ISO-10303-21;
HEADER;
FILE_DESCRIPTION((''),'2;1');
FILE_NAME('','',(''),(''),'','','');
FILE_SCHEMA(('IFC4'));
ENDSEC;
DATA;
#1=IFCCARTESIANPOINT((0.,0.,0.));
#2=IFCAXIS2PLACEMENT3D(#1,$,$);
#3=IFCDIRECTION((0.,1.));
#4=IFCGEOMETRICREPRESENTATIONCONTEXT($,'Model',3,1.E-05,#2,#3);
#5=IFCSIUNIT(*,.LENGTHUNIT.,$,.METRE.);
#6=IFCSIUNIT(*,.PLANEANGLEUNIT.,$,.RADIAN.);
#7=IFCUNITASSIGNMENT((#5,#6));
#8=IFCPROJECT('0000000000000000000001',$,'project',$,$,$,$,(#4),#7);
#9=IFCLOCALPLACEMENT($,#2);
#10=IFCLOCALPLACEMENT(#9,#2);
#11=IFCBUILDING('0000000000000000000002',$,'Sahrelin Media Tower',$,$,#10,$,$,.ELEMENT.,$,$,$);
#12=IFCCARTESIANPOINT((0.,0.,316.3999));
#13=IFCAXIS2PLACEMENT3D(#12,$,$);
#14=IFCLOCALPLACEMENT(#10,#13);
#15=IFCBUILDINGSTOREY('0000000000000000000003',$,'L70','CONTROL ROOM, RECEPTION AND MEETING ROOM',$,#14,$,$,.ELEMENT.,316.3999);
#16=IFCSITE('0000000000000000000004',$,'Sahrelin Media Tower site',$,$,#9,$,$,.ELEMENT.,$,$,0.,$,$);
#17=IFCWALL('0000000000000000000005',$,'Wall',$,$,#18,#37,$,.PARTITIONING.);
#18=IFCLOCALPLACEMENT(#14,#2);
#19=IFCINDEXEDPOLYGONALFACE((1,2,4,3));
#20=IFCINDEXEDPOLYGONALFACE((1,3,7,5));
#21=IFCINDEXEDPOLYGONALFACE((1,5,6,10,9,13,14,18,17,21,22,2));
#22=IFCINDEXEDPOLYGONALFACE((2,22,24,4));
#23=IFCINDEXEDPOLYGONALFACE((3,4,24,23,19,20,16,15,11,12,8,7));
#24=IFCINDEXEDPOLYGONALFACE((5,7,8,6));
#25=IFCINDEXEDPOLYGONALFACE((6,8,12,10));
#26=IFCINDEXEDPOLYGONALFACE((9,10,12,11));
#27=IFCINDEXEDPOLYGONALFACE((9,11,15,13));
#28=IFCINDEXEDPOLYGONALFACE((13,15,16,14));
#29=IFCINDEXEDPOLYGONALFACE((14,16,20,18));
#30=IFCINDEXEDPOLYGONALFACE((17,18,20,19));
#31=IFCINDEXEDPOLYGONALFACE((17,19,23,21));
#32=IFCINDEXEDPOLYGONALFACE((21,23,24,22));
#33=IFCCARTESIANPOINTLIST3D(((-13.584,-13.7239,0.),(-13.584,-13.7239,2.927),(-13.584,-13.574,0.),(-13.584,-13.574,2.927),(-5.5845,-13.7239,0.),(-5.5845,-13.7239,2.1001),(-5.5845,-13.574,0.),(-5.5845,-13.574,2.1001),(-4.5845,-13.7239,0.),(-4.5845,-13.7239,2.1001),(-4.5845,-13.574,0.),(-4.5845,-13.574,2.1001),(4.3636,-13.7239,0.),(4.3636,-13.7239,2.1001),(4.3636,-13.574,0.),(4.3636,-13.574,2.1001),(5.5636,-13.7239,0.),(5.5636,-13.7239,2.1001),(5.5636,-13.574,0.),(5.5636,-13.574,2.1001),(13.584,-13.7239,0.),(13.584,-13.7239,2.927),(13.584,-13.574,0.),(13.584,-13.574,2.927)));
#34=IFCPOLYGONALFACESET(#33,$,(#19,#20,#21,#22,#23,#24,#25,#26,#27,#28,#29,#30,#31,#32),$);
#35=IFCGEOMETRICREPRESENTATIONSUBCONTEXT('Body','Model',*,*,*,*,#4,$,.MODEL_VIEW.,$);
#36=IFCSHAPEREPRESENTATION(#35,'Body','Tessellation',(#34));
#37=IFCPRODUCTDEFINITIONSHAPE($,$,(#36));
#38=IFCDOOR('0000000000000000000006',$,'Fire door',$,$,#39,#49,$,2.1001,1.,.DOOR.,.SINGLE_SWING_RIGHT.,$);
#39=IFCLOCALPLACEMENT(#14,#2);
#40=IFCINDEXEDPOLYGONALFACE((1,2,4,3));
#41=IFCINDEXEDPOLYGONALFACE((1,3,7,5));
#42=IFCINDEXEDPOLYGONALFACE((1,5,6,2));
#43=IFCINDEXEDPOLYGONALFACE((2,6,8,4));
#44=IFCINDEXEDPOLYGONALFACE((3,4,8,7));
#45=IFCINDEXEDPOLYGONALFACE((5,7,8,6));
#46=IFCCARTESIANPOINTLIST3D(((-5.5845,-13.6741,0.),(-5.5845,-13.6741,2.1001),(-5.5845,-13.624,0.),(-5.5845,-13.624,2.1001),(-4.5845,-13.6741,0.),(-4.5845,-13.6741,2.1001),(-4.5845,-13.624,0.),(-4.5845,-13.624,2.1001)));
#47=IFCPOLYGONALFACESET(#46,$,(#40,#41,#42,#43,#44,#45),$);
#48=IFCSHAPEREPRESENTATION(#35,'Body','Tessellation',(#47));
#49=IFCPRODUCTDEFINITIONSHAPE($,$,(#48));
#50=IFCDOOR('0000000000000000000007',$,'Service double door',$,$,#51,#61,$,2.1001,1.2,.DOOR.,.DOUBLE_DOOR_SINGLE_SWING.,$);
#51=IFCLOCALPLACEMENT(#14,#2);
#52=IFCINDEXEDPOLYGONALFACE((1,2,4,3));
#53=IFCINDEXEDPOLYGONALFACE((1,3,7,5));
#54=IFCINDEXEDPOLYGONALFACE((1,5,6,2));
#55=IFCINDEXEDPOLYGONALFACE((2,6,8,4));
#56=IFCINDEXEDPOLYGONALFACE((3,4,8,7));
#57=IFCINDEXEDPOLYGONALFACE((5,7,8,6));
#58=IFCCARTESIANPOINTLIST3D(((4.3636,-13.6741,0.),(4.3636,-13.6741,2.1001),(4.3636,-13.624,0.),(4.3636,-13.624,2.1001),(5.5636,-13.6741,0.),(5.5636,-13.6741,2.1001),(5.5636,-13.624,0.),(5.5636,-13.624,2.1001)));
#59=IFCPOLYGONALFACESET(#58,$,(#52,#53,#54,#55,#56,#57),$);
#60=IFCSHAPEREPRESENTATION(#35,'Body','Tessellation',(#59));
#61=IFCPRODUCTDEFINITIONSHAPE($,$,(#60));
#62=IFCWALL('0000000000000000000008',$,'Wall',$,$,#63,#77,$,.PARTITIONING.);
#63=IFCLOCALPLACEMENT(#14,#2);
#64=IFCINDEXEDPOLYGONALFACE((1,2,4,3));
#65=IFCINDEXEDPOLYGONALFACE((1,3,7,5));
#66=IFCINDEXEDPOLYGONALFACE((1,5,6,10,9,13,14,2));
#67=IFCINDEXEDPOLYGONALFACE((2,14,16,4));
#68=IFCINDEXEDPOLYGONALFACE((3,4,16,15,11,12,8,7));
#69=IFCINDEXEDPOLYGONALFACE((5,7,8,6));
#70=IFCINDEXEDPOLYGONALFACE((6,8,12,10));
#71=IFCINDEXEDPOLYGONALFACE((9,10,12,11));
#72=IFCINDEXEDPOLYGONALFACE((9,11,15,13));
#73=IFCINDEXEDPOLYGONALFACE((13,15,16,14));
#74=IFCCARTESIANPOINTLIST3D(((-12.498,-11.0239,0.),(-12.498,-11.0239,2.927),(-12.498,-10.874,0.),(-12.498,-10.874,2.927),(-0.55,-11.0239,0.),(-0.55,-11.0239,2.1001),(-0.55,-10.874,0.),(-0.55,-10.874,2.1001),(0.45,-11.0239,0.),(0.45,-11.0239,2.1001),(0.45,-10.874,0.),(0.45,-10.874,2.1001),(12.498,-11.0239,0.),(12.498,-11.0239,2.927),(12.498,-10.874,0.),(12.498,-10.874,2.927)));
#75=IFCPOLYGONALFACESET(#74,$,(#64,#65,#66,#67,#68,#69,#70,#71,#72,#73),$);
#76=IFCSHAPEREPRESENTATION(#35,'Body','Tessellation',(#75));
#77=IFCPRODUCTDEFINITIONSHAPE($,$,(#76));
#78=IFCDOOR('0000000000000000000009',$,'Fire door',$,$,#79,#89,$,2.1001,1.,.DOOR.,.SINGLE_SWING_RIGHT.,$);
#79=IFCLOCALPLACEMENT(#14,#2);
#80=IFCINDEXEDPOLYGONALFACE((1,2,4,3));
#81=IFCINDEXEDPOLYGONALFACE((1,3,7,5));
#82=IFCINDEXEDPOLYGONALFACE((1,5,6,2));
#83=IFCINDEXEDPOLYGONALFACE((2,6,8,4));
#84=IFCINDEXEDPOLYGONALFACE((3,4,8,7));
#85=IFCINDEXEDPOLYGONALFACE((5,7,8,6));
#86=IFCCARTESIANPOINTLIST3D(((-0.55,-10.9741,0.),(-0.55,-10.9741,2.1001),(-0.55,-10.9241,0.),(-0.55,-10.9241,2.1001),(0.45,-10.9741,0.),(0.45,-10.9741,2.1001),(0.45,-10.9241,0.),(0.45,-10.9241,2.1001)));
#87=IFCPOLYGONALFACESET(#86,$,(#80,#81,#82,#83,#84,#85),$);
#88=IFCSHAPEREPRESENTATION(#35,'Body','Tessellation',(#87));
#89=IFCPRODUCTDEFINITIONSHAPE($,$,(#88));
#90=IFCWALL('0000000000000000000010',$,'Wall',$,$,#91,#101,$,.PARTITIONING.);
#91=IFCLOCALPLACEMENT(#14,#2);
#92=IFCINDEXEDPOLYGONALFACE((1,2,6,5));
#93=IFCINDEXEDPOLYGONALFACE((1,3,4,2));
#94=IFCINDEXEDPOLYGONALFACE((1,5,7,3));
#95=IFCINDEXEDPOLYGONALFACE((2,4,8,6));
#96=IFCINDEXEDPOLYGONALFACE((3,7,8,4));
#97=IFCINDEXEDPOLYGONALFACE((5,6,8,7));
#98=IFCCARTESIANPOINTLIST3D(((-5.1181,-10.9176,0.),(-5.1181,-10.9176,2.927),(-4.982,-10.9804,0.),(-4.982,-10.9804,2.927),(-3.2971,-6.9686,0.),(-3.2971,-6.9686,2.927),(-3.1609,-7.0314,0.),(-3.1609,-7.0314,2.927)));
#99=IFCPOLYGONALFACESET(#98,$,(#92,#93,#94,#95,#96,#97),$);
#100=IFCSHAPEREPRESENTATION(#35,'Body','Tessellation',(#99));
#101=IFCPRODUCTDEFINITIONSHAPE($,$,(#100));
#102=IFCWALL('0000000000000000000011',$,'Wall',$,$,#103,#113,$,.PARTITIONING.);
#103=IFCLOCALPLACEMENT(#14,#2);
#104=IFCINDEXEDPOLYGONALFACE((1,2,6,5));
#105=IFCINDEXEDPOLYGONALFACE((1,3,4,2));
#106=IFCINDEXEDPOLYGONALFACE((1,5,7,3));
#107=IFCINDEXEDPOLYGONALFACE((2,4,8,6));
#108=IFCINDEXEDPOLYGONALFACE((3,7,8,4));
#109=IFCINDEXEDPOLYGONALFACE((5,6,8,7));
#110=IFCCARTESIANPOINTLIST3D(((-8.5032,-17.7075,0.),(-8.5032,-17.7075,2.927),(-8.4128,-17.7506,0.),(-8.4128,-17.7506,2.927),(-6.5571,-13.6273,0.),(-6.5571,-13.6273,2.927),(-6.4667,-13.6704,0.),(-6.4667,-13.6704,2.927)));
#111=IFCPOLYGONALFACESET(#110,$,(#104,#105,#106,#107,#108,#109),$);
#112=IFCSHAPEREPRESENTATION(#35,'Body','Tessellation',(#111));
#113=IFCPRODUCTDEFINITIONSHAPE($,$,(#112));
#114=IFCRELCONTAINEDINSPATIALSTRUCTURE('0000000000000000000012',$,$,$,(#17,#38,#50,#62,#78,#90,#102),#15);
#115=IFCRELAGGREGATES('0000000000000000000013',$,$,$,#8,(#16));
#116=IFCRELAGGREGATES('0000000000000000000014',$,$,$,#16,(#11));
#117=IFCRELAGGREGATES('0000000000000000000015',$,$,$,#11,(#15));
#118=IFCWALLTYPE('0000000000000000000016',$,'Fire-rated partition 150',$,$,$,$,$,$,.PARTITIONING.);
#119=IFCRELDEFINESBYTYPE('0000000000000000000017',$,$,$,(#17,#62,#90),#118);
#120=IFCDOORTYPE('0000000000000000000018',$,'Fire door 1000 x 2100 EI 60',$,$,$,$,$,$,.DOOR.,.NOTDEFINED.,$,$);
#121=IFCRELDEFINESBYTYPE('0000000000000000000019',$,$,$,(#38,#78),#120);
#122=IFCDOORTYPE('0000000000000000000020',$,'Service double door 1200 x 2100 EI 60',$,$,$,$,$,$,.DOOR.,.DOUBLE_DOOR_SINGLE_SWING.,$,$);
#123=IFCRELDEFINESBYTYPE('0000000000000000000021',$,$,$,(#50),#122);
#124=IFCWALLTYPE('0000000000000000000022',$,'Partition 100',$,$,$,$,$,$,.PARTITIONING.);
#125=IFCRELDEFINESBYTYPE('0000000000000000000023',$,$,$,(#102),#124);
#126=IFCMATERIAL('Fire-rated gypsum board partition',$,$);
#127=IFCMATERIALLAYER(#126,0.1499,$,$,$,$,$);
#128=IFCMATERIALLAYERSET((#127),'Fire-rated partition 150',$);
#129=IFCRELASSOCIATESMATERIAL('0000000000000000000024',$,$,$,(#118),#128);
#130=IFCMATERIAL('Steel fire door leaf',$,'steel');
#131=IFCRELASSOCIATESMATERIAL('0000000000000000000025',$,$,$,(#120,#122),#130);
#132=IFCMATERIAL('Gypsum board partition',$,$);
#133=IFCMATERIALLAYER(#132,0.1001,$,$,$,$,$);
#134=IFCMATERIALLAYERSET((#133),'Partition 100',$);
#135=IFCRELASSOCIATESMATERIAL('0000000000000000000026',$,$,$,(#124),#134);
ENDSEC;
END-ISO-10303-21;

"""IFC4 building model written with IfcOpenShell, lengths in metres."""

from ifc_helpers import new_model, si_unit, direction, frame, frame_2d, origin, place, context, subcontext, project, spatial, rectangle, extrude, material, layer, layer_set, type_object, element, fill, save


model = new_model("IFC4")

# Units and contexts
model_context = context("Model", 3, precision=1e-05, world=origin(), true_north=direction((0.0, 1.0)))
body_context = subcontext(model_context, "Body", "Model", "MODEL_VIEW")
ifc_project = project(units=[si_unit("LENGTHUNIT", "METRE"), si_unit("PLANEANGLEUNIT", "RADIAN")], contexts=[model_context])

# Site, building, storey
site_placement = place(None, origin())
site = spatial("IfcSite", under=ifc_project, at=site_placement, Name="Sahrelin Media Tower site", CompositionType="ELEMENT", RefElevation=0.0)
building_placement = place(site_placement, origin())
building = spatial("IfcBuilding", under=site, at=building_placement, Name="Sahrelin Media Tower", CompositionType="ELEMENT")
storey_placement = place(building_placement, frame((0.0, 0.0, 316.3999)))
storey = spatial("IfcBuildingStorey", under=building, at=storey_placement, Name="L70", Description="CONTROL ROOM, RECEPTION AND MEETING ROOM", CompositionType="ELEMENT", Elevation=316.3999)

# Wall, openings, doors
ifc_material_1 = material(Name="Fire-rated gypsum board partition")
ifc_layer_1 = layer(ifc_material_1, 0.1499)
ifc_layer_set_1 = layer_set([ifc_layer_1], Name="Fire-rated partition 150")
wall_type_1 = type_object("IfcWallType", Name="Fire-rated partition 150", PredefinedType="PARTITIONING", material=ifc_layer_set_1)
wall_1_placement = place(storey_placement, frame((-13.584, -13.6489, 0.0), z_axis=(0.0, 0.0, 1.0), x_axis=(1.0, 0.0, 0.0)))
wall_1 = element("IfcWall", 1, at=wall_1_placement, inside=storey, type_object=wall_type_1, Name="Wall", PredefinedType="PARTITIONING", context=body_context, shape_type="SweptSolid", body=[
    extrude(rectangle(XDim=27.168, YDim=0.1499, at=frame_2d((13.584, 0.0))), origin(), (0.0, 0.0, 1.0), 2.927),
])
opening_1_placement = place(wall_1_placement, frame((7.9995, 0.0, 0.0)))
opening_1 = element("IfcOpeningElement", 2, at=opening_1_placement, cuts=wall_1, PredefinedType="OPENING", context=body_context, shape_type="SweptSolid", body=[
    extrude(rectangle(XDim=1.0, YDim=2.1001, at=frame_2d((0.5, 1.05))), frame((0.0, 0.075, 0.0), z_axis=(0.0, -1.0, 0.0), x_axis=(1.0, 0.0, 0.0)), (0.0, 0.0, 1.0), 0.1499),
])
opening_2_placement = place(wall_1_placement, frame((17.9475, 0.0, 0.0)))
opening_2 = element("IfcOpeningElement", 3, at=opening_2_placement, cuts=wall_1, PredefinedType="OPENING", context=body_context, shape_type="SweptSolid", body=[
    extrude(rectangle(XDim=1.2, YDim=2.1001, at=frame_2d((0.6001, 1.05))), frame((0.0, 0.075, 0.0), z_axis=(0.0, -1.0, 0.0), x_axis=(1.0, 0.0, 0.0)), (0.0, 0.0, 1.0), 0.1499),
])
ifc_material_2 = material(Name="Steel fire door leaf", Category="steel")
door_type_1 = type_object("IfcDoorType", Name="Fire door 1000 x 2100 EI 60", OperationType="NOTDEFINED", PredefinedType="DOOR", material=ifc_material_2)
door_1_placement = place(opening_1_placement, origin())
door_1 = element("IfcDoor", 4, at=door_1_placement, inside=storey, type_object=door_type_1, Name="Fire door", OperationType="SINGLE_SWING_RIGHT", OverallHeight=2.1001, OverallWidth=1.0, PredefinedType="DOOR", context=body_context, shape_type="SweptSolid", body=[
    extrude(rectangle(XDim=1.0, YDim=2.1001, at=frame_2d((0.5, 1.05))), frame((0.0, 0.0249, 0.0), z_axis=(0.0, -1.0, 0.0), x_axis=(1.0, 0.0, 0.0)), (0.0, 0.0, 1.0), 0.05),
])
fill(opening_1, door_1)
door_type_2 = type_object("IfcDoorType", Name="Service double door 1200 x 2100 EI 60", OperationType="DOUBLE_DOOR_SINGLE_SWING", PredefinedType="DOOR", material=ifc_material_2)
door_2_placement = place(opening_2_placement, origin())
door_2 = element("IfcDoor", 5, at=door_2_placement, inside=storey, type_object=door_type_2, Name="Service double door", OperationType="DOUBLE_DOOR_SINGLE_SWING", OverallHeight=2.1001, OverallWidth=1.2, PredefinedType="DOOR", context=body_context, shape_type="SweptSolid", body=[
    extrude(rectangle(XDim=1.2, YDim=2.1001, at=frame_2d((0.6001, 1.05))), frame((0.0, 0.0249, 0.0), z_axis=(0.0, -1.0, 0.0), x_axis=(1.0, 0.0, 0.0)), (0.0, 0.0, 1.0), 0.05),
])
fill(opening_2, door_2)

# Wall, opening, door
wall_2_placement = place(storey_placement, frame((-12.498, -10.949, 0.0), z_axis=(0.0, 0.0, 1.0), x_axis=(1.0, 0.0, 0.0)))
wall_2 = element("IfcWall", 6, at=wall_2_placement, inside=storey, type_object=wall_type_1, Name="Wall", PredefinedType="PARTITIONING", context=body_context, shape_type="SweptSolid", body=[
    extrude(rectangle(XDim=24.9961, YDim=0.1499, at=frame_2d((12.498, 0.0))), origin(), (0.0, 0.0, 1.0), 2.927),
])
opening_3_placement = place(wall_2_placement, frame((11.948, 0.0, 0.0)))
opening_3 = element("IfcOpeningElement", 7, at=opening_3_placement, cuts=wall_2, PredefinedType="OPENING", context=body_context, shape_type="SweptSolid", body=[
    extrude(rectangle(XDim=1.0, YDim=2.1001, at=frame_2d((0.5, 1.05))), frame((0.0, 0.075, 0.0), z_axis=(0.0, -1.0, 0.0), x_axis=(1.0, 0.0, 0.0)), (0.0, 0.0, 1.0), 0.1499),
])
door_3_placement = place(opening_3_placement, origin())
door_3 = element("IfcDoor", 8, at=door_3_placement, inside=storey, type_object=door_type_1, Name="Fire door", OperationType="SINGLE_SWING_RIGHT", OverallHeight=2.1001, OverallWidth=1.0, PredefinedType="DOOR", context=body_context, shape_type="SweptSolid", body=[
    extrude(rectangle(XDim=1.0, YDim=2.1001, at=frame_2d((0.5, 1.05))), frame((0.0, 0.0249, 0.0), z_axis=(0.0, -1.0, 0.0), x_axis=(1.0, 0.0, 0.0)), (0.0, 0.0, 1.0), 0.05),
])
fill(opening_3, door_3)

# Walls
wall_3_placement = place(storey_placement, frame((-5.05, -10.949, 0.0), z_axis=(0.0, 0.0, 1.0), x_axis=(0.418763, 0.908096, 0.0)))
element("IfcWall", 9, at=wall_3_placement, inside=storey, type_object=wall_type_1, Name="Wall", PredefinedType="PARTITIONING", context=body_context, shape_type="SweptSolid", body=[
    extrude(rectangle(XDim=4.3486, YDim=0.1499, at=frame_2d((2.1743, 0.0))), origin(), (0.0, 0.0, 1.0), 2.927),
])
ifc_material_3 = material(Name="Gypsum board partition")
ifc_layer_2 = layer(ifc_material_3, 0.1001)
ifc_layer_set_2 = layer_set([ifc_layer_2], Name="Partition 100")
wall_type_2 = type_object("IfcWallType", Name="Partition 100", PredefinedType="PARTITIONING", material=ifc_layer_set_2)
wall_4_placement = place(storey_placement, frame((-8.458, -17.729, 0.0), z_axis=(0.0, 0.0, 1.0), x_axis=(0.430502, 0.90259, 0.0)))
element("IfcWall", 10, at=wall_4_placement, inside=storey, type_object=wall_type_2, Name="Wall", PredefinedType="PARTITIONING", context=body_context, shape_type="SweptSolid", body=[
    extrude(rectangle(XDim=4.5205, YDim=0.1001, at=frame_2d((2.2603, 0.0))), origin(), (0.0, 0.0, 1.0), 2.927),
])

save(model, "model.ifc")
